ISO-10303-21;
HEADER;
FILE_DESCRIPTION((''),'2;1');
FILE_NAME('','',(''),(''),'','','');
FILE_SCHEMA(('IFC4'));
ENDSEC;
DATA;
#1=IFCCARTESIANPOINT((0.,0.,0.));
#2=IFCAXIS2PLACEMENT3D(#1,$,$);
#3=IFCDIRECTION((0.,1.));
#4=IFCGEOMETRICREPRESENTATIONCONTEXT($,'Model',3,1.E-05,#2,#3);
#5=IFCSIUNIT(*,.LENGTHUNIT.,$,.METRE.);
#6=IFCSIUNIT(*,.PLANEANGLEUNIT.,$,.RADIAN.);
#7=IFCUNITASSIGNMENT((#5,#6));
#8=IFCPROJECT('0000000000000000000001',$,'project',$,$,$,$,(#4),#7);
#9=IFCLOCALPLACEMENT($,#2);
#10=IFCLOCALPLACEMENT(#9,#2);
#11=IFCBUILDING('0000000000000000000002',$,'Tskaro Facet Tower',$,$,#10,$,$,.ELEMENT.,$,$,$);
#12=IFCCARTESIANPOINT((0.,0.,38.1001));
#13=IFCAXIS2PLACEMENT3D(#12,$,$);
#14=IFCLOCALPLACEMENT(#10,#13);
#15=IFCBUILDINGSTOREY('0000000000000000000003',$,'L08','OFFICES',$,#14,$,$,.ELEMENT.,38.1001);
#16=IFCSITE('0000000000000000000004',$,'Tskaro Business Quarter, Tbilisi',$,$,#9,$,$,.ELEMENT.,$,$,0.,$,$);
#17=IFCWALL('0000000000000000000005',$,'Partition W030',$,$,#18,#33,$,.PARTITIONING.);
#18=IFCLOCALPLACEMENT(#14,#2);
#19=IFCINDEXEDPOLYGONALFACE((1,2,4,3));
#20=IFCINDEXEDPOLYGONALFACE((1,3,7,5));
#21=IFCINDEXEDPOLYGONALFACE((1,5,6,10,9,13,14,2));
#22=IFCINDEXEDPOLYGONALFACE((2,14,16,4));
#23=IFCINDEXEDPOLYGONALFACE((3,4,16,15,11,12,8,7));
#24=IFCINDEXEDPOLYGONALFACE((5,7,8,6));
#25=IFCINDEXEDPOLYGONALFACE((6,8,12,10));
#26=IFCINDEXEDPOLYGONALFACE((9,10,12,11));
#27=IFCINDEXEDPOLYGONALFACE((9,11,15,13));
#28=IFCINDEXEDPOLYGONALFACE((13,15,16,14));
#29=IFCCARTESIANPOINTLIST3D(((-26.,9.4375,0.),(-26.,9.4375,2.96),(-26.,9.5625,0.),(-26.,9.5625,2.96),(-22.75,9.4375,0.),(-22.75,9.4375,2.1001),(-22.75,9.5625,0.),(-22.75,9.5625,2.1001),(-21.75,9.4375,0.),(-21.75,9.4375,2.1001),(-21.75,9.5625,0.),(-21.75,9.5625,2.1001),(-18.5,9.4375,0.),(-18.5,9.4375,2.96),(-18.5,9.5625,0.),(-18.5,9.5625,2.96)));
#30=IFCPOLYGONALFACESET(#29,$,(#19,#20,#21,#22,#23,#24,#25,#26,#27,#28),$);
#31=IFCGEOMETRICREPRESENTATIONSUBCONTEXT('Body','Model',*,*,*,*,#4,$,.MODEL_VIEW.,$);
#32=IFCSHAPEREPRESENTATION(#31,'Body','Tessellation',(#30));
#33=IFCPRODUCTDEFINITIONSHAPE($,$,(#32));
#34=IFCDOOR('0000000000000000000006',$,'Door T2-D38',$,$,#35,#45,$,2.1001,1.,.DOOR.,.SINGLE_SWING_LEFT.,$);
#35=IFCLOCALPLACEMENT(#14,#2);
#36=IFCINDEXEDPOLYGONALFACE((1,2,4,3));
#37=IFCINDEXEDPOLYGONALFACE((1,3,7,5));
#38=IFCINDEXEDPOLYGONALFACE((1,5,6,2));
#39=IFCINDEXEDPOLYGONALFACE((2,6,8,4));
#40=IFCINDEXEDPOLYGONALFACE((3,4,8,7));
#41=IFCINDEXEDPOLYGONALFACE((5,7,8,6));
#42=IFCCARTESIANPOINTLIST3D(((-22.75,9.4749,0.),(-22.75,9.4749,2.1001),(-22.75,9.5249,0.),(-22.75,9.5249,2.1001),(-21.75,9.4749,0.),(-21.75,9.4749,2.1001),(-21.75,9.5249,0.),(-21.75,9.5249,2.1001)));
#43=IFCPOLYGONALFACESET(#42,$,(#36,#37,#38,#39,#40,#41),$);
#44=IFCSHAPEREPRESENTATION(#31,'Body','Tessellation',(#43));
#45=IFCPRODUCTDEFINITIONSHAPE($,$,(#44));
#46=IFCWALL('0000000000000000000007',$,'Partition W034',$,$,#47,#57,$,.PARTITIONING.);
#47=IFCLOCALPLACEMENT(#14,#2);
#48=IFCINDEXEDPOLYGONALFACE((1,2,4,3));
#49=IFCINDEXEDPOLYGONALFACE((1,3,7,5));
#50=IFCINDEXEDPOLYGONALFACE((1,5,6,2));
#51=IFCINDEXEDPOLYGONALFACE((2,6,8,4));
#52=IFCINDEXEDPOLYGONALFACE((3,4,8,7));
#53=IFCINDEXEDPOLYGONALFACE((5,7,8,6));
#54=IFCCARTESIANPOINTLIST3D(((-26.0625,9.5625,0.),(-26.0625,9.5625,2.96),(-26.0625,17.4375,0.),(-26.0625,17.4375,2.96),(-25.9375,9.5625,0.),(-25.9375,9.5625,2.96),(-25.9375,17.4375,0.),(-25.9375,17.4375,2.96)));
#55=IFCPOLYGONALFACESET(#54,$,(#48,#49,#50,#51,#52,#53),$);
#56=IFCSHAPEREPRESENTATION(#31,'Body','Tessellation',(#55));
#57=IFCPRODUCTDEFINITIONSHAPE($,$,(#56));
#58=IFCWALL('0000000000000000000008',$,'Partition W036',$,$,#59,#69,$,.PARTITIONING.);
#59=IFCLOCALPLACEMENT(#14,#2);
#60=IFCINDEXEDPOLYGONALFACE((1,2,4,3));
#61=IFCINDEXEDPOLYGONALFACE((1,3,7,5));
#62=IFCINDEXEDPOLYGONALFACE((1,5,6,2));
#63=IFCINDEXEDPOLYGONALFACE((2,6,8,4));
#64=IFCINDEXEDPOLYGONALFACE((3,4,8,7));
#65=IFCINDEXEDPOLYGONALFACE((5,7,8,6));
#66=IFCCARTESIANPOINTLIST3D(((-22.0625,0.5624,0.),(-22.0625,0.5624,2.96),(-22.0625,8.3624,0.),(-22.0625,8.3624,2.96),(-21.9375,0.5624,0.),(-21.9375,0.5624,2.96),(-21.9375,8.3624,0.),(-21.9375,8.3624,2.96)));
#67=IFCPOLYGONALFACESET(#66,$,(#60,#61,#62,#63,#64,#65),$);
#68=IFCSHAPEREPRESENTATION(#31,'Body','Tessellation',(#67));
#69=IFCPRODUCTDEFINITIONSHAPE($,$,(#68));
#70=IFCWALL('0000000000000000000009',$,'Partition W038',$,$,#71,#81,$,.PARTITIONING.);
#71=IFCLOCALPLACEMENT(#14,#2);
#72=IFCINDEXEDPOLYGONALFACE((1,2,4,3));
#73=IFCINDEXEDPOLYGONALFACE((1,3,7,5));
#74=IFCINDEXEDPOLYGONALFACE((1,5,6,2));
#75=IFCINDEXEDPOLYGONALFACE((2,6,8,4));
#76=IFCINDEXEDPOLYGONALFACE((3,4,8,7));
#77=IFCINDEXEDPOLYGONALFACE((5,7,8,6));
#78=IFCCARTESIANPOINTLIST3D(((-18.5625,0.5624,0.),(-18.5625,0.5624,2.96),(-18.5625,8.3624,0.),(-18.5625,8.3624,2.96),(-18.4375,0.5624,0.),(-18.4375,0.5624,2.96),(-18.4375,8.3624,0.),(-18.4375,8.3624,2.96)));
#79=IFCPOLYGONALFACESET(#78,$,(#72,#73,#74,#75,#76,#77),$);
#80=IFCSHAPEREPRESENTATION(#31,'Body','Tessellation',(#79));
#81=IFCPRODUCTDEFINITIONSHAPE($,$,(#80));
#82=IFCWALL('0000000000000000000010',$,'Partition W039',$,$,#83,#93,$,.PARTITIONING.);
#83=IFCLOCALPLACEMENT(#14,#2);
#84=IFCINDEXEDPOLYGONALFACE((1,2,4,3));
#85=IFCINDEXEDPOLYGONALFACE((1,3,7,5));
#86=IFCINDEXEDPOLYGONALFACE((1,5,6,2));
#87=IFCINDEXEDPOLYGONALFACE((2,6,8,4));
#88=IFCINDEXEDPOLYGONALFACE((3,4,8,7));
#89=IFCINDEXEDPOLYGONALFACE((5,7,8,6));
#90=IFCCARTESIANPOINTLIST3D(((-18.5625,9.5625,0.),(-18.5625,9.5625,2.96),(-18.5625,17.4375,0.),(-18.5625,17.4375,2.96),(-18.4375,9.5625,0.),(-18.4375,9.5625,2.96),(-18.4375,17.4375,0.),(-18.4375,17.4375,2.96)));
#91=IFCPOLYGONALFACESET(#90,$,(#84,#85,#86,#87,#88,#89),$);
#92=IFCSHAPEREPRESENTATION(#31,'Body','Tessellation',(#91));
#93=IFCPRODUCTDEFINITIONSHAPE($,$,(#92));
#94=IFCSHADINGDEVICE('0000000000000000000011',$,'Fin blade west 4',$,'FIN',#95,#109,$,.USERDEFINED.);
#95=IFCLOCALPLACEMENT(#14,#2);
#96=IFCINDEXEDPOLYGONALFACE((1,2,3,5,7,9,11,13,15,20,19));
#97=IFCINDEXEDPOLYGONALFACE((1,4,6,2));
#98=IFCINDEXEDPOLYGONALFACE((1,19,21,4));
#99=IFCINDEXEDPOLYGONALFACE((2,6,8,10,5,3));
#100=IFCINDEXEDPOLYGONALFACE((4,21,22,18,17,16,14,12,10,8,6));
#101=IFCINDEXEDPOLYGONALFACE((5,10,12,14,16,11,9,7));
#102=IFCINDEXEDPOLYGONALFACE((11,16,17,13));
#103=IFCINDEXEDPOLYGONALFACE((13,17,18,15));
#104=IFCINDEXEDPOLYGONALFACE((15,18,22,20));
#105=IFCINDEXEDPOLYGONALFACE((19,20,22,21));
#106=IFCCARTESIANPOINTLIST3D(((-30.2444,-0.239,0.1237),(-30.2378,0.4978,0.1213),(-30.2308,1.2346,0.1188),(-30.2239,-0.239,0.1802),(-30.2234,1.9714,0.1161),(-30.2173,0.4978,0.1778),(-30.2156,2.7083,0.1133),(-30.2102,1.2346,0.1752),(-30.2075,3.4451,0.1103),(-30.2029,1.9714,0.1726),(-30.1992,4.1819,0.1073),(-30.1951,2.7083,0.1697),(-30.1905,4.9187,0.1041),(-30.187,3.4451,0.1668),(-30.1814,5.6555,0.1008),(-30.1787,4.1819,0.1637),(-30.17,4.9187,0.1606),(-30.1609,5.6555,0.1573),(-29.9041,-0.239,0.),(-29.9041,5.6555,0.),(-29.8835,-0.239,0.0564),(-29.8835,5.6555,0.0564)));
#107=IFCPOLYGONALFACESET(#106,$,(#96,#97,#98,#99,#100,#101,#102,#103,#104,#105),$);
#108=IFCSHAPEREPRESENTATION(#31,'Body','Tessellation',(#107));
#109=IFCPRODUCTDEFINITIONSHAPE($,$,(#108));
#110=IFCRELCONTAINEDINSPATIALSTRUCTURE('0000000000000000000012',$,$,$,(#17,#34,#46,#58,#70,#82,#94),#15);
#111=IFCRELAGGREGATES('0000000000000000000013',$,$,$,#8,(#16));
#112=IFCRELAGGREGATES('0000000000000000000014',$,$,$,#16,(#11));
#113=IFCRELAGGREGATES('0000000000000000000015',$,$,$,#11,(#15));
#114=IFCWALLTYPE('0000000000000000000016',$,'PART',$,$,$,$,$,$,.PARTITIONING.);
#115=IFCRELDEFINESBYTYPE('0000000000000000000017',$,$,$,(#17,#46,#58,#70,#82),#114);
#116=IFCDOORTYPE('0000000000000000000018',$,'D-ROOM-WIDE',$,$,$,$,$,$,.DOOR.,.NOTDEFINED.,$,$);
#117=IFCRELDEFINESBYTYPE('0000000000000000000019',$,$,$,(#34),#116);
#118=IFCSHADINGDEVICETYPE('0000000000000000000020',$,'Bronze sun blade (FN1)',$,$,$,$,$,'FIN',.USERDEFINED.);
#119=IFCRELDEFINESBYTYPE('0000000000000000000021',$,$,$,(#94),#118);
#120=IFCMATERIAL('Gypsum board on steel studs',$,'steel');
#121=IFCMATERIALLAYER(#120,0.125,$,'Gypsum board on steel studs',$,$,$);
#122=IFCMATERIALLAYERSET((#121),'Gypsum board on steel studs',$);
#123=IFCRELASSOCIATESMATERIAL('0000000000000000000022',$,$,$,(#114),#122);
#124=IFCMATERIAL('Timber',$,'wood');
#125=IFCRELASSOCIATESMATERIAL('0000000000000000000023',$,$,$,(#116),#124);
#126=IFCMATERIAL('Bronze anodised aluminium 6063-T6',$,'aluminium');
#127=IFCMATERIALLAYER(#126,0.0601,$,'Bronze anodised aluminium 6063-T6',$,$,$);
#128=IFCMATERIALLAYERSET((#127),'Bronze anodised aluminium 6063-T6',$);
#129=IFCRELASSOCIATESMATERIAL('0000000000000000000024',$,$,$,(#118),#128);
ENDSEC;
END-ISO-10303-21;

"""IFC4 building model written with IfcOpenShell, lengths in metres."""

from ifc_helpers import new_model, si_unit, direction, frame, frame_2d, origin, place, context, subcontext, project, spatial, polyline, rectangle, outline, extrude, material, layer, layer_set, type_object, element, fill, save


model = new_model("IFC4")

# Units and contexts
model_context = context("Model", 3, precision=1e-05, world=origin(), true_north=direction((0.0, 1.0)))
body_context = subcontext(model_context, "Body", "Model", "MODEL_VIEW")
ifc_project = project(units=[si_unit("LENGTHUNIT", "METRE"), si_unit("PLANEANGLEUNIT", "RADIAN")], contexts=[model_context])

# Site, building, storey
site_placement = place(None, origin())
site = spatial("IfcSite", under=ifc_project, at=site_placement, Name="Tskaro Business Quarter, Tbilisi", CompositionType="ELEMENT", RefElevation=0.0)
building_placement = place(site_placement, origin())
building = spatial("IfcBuilding", under=site, at=building_placement, Name="Tskaro Facet Tower", CompositionType="ELEMENT")
storey_placement = place(building_placement, frame((0.0, 0.0, 38.1001)))
storey = spatial("IfcBuildingStorey", under=building, at=storey_placement, Name="L08", Description="OFFICES", CompositionType="ELEMENT", Elevation=38.1001)

# Shared definitions
ifc_material_1 = material(Name="Bronze anodised aluminium 6063-T6", Category="aluminium")

# Shared definitions
ifc_material_2 = material(Name="Gypsum board on steel studs", Category="steel")
ifc_layer_1 = layer(ifc_material_2, 0.125, Name="Gypsum board on steel studs")
ifc_layer_set_1 = layer_set([ifc_layer_1], Name="Gypsum board on steel studs")
wall_type = type_object("IfcWallType", Name="PART", PredefinedType="PARTITIONING", material=ifc_layer_set_1)
ifc_material_3 = material(Name="Timber", Category="wood")

# Wall, opening, door
wall_1_placement = place(storey_placement, frame((-26.0, 9.5, 0.0), z_axis=(0.0, 0.0, 1.0), x_axis=(1.0, 0.0, 0.0)))
wall_1 = element("IfcWall", 1, at=wall_1_placement, inside=storey, type_object=wall_type, Name="Partition W030", PredefinedType="PARTITIONING", context=body_context, shape_type="SweptSolid", body=[
    extrude(rectangle(XDim=7.5, YDim=0.125, at=frame_2d((3.75, 0.0))), origin(), (0.0, 0.0, 1.0), 2.96),
])
opening_1_placement = place(wall_1_placement, frame((3.25, 0.0, 0.0)))
opening_1 = element("IfcOpeningElement", 2, at=opening_1_placement, cuts=wall_1, PredefinedType="OPENING", context=body_context, shape_type="SweptSolid", body=[
    extrude(rectangle(XDim=1.0, YDim=2.1001, at=frame_2d((0.5, 1.05))), frame((0.0, 0.0725, 0.0), z_axis=(0.0, -1.0, 0.0), x_axis=(1.0, 0.0, 0.0)), (0.0, 0.0, 1.0), 0.145),
])
door_type_1 = type_object("IfcDoorType", Name="D-ROOM-WIDE", OperationType="NOTDEFINED", PredefinedType="DOOR", material=ifc_material_3)
door_1_placement = place(opening_1_placement, origin())
door_1 = element("IfcDoor", 3, at=door_1_placement, inside=storey, type_object=door_type_1, Name="Door T2-D38", OperationType="SINGLE_SWING_LEFT", OverallHeight=2.1001, OverallWidth=1.0, PredefinedType="DOOR", context=body_context, shape_type="SweptSolid", body=[
    extrude(rectangle(XDim=1.0, YDim=2.1001, at=frame_2d((0.5, 1.05))), frame((0.0, 0.0249, 0.0), z_axis=(0.0, -1.0, 0.0), x_axis=(1.0, 0.0, 0.0)), (0.0, 0.0, 1.0), 0.05),
])
fill(opening_1, door_1)

# Walls
wall_2_placement = place(storey_placement, frame((-26.0, 9.5625, 0.0), z_axis=(0.0, 0.0, 1.0), x_axis=(0.0, 1.0, 0.0)))
element("IfcWall", 4, at=wall_2_placement, inside=storey, type_object=wall_type, Name="Partition W034", PredefinedType="PARTITIONING", context=body_context, shape_type="SweptSolid", body=[
    extrude(rectangle(XDim=7.875, YDim=0.125, at=frame_2d((3.9375, 0.0))), origin(), (0.0, 0.0, 1.0), 2.96),
])
for number, where, z_axis, x_axis, name in (
    (5, (-22.0, 0.5625, 0.0), (0.0, 0.0, 1.0), (0.0, 1.0, 0.0), "Partition W036"),
    (6, (-18.5, 0.5625, 0.0), (0.0, 0.0, 1.0), (0.0, 1.0, 0.0), "Partition W038"),
):
    element("IfcWall", number, at=place(storey_placement, frame(where, z_axis=z_axis, x_axis=x_axis)), inside=storey, type_object=wall_type, Name=name, PredefinedType="PARTITIONING", context=body_context, shape_type="SweptSolid", body=[
        extrude(rectangle(XDim=7.8, YDim=0.125, at=frame_2d((3.8999, 0.0))), origin(), (0.0, 0.0, 1.0), 2.96),
    ])
wall_3_placement = place(storey_placement, frame((-18.5, 9.5625, 0.0), z_axis=(0.0, 0.0, 1.0), x_axis=(0.0, 1.0, 0.0)))
element("IfcWall", 7, at=wall_3_placement, inside=storey, type_object=wall_type, Name="Partition W039", PredefinedType="PARTITIONING", context=body_context, shape_type="SweptSolid", body=[
    extrude(rectangle(XDim=7.875, YDim=0.125, at=frame_2d((3.9375, 0.0))), origin(), (0.0, 0.0, 1.0), 2.96),
])

# Shading device
ifc_layer_2 = layer(ifc_material_1, 0.0601, Name="Bronze anodised aluminium 6063-T6")
ifc_layer_set_2 = layer_set([ifc_layer_2], Name="Bronze anodised aluminium 6063-T6")
shading_device_type = type_object("IfcShadingDeviceType", Name="Bronze sun blade (FN1)", ElementType="FIN", PredefinedType="USERDEFINED", material=ifc_layer_set_2)
shading_device_1_placement = place(storey_placement, frame((-29.8835, 5.6555, 0.0564), z_axis=(0.341788, 0.000003, 0.939777), x_axis=(0.000001, -1.0, 0.000003)))
element("IfcShadingDevice", 8, at=shading_device_1_placement, inside=storey, type_object=shading_device_type, Name="Fin blade west 4", ObjectType="FIN", PredefinedType="USERDEFINED", context=body_context, shape_type="SweptSolid", body=[
    extrude(outline(polyline([(0.0, 0.0), (5.8945, 0.0), (5.8945, -0.3621), (5.1577, -0.3551), (4.4209, -0.3476), (3.6841, -0.3398), (2.9473, -0.3315), (2.2104, -0.3229), (1.4736, -0.314), (0.7368, -0.3048), (0.0, -0.2951), (0.0, 0.0)])), origin(), (0.0, 0.0, -1.0), 0.0601),
])

save(model, "model.ifc")
